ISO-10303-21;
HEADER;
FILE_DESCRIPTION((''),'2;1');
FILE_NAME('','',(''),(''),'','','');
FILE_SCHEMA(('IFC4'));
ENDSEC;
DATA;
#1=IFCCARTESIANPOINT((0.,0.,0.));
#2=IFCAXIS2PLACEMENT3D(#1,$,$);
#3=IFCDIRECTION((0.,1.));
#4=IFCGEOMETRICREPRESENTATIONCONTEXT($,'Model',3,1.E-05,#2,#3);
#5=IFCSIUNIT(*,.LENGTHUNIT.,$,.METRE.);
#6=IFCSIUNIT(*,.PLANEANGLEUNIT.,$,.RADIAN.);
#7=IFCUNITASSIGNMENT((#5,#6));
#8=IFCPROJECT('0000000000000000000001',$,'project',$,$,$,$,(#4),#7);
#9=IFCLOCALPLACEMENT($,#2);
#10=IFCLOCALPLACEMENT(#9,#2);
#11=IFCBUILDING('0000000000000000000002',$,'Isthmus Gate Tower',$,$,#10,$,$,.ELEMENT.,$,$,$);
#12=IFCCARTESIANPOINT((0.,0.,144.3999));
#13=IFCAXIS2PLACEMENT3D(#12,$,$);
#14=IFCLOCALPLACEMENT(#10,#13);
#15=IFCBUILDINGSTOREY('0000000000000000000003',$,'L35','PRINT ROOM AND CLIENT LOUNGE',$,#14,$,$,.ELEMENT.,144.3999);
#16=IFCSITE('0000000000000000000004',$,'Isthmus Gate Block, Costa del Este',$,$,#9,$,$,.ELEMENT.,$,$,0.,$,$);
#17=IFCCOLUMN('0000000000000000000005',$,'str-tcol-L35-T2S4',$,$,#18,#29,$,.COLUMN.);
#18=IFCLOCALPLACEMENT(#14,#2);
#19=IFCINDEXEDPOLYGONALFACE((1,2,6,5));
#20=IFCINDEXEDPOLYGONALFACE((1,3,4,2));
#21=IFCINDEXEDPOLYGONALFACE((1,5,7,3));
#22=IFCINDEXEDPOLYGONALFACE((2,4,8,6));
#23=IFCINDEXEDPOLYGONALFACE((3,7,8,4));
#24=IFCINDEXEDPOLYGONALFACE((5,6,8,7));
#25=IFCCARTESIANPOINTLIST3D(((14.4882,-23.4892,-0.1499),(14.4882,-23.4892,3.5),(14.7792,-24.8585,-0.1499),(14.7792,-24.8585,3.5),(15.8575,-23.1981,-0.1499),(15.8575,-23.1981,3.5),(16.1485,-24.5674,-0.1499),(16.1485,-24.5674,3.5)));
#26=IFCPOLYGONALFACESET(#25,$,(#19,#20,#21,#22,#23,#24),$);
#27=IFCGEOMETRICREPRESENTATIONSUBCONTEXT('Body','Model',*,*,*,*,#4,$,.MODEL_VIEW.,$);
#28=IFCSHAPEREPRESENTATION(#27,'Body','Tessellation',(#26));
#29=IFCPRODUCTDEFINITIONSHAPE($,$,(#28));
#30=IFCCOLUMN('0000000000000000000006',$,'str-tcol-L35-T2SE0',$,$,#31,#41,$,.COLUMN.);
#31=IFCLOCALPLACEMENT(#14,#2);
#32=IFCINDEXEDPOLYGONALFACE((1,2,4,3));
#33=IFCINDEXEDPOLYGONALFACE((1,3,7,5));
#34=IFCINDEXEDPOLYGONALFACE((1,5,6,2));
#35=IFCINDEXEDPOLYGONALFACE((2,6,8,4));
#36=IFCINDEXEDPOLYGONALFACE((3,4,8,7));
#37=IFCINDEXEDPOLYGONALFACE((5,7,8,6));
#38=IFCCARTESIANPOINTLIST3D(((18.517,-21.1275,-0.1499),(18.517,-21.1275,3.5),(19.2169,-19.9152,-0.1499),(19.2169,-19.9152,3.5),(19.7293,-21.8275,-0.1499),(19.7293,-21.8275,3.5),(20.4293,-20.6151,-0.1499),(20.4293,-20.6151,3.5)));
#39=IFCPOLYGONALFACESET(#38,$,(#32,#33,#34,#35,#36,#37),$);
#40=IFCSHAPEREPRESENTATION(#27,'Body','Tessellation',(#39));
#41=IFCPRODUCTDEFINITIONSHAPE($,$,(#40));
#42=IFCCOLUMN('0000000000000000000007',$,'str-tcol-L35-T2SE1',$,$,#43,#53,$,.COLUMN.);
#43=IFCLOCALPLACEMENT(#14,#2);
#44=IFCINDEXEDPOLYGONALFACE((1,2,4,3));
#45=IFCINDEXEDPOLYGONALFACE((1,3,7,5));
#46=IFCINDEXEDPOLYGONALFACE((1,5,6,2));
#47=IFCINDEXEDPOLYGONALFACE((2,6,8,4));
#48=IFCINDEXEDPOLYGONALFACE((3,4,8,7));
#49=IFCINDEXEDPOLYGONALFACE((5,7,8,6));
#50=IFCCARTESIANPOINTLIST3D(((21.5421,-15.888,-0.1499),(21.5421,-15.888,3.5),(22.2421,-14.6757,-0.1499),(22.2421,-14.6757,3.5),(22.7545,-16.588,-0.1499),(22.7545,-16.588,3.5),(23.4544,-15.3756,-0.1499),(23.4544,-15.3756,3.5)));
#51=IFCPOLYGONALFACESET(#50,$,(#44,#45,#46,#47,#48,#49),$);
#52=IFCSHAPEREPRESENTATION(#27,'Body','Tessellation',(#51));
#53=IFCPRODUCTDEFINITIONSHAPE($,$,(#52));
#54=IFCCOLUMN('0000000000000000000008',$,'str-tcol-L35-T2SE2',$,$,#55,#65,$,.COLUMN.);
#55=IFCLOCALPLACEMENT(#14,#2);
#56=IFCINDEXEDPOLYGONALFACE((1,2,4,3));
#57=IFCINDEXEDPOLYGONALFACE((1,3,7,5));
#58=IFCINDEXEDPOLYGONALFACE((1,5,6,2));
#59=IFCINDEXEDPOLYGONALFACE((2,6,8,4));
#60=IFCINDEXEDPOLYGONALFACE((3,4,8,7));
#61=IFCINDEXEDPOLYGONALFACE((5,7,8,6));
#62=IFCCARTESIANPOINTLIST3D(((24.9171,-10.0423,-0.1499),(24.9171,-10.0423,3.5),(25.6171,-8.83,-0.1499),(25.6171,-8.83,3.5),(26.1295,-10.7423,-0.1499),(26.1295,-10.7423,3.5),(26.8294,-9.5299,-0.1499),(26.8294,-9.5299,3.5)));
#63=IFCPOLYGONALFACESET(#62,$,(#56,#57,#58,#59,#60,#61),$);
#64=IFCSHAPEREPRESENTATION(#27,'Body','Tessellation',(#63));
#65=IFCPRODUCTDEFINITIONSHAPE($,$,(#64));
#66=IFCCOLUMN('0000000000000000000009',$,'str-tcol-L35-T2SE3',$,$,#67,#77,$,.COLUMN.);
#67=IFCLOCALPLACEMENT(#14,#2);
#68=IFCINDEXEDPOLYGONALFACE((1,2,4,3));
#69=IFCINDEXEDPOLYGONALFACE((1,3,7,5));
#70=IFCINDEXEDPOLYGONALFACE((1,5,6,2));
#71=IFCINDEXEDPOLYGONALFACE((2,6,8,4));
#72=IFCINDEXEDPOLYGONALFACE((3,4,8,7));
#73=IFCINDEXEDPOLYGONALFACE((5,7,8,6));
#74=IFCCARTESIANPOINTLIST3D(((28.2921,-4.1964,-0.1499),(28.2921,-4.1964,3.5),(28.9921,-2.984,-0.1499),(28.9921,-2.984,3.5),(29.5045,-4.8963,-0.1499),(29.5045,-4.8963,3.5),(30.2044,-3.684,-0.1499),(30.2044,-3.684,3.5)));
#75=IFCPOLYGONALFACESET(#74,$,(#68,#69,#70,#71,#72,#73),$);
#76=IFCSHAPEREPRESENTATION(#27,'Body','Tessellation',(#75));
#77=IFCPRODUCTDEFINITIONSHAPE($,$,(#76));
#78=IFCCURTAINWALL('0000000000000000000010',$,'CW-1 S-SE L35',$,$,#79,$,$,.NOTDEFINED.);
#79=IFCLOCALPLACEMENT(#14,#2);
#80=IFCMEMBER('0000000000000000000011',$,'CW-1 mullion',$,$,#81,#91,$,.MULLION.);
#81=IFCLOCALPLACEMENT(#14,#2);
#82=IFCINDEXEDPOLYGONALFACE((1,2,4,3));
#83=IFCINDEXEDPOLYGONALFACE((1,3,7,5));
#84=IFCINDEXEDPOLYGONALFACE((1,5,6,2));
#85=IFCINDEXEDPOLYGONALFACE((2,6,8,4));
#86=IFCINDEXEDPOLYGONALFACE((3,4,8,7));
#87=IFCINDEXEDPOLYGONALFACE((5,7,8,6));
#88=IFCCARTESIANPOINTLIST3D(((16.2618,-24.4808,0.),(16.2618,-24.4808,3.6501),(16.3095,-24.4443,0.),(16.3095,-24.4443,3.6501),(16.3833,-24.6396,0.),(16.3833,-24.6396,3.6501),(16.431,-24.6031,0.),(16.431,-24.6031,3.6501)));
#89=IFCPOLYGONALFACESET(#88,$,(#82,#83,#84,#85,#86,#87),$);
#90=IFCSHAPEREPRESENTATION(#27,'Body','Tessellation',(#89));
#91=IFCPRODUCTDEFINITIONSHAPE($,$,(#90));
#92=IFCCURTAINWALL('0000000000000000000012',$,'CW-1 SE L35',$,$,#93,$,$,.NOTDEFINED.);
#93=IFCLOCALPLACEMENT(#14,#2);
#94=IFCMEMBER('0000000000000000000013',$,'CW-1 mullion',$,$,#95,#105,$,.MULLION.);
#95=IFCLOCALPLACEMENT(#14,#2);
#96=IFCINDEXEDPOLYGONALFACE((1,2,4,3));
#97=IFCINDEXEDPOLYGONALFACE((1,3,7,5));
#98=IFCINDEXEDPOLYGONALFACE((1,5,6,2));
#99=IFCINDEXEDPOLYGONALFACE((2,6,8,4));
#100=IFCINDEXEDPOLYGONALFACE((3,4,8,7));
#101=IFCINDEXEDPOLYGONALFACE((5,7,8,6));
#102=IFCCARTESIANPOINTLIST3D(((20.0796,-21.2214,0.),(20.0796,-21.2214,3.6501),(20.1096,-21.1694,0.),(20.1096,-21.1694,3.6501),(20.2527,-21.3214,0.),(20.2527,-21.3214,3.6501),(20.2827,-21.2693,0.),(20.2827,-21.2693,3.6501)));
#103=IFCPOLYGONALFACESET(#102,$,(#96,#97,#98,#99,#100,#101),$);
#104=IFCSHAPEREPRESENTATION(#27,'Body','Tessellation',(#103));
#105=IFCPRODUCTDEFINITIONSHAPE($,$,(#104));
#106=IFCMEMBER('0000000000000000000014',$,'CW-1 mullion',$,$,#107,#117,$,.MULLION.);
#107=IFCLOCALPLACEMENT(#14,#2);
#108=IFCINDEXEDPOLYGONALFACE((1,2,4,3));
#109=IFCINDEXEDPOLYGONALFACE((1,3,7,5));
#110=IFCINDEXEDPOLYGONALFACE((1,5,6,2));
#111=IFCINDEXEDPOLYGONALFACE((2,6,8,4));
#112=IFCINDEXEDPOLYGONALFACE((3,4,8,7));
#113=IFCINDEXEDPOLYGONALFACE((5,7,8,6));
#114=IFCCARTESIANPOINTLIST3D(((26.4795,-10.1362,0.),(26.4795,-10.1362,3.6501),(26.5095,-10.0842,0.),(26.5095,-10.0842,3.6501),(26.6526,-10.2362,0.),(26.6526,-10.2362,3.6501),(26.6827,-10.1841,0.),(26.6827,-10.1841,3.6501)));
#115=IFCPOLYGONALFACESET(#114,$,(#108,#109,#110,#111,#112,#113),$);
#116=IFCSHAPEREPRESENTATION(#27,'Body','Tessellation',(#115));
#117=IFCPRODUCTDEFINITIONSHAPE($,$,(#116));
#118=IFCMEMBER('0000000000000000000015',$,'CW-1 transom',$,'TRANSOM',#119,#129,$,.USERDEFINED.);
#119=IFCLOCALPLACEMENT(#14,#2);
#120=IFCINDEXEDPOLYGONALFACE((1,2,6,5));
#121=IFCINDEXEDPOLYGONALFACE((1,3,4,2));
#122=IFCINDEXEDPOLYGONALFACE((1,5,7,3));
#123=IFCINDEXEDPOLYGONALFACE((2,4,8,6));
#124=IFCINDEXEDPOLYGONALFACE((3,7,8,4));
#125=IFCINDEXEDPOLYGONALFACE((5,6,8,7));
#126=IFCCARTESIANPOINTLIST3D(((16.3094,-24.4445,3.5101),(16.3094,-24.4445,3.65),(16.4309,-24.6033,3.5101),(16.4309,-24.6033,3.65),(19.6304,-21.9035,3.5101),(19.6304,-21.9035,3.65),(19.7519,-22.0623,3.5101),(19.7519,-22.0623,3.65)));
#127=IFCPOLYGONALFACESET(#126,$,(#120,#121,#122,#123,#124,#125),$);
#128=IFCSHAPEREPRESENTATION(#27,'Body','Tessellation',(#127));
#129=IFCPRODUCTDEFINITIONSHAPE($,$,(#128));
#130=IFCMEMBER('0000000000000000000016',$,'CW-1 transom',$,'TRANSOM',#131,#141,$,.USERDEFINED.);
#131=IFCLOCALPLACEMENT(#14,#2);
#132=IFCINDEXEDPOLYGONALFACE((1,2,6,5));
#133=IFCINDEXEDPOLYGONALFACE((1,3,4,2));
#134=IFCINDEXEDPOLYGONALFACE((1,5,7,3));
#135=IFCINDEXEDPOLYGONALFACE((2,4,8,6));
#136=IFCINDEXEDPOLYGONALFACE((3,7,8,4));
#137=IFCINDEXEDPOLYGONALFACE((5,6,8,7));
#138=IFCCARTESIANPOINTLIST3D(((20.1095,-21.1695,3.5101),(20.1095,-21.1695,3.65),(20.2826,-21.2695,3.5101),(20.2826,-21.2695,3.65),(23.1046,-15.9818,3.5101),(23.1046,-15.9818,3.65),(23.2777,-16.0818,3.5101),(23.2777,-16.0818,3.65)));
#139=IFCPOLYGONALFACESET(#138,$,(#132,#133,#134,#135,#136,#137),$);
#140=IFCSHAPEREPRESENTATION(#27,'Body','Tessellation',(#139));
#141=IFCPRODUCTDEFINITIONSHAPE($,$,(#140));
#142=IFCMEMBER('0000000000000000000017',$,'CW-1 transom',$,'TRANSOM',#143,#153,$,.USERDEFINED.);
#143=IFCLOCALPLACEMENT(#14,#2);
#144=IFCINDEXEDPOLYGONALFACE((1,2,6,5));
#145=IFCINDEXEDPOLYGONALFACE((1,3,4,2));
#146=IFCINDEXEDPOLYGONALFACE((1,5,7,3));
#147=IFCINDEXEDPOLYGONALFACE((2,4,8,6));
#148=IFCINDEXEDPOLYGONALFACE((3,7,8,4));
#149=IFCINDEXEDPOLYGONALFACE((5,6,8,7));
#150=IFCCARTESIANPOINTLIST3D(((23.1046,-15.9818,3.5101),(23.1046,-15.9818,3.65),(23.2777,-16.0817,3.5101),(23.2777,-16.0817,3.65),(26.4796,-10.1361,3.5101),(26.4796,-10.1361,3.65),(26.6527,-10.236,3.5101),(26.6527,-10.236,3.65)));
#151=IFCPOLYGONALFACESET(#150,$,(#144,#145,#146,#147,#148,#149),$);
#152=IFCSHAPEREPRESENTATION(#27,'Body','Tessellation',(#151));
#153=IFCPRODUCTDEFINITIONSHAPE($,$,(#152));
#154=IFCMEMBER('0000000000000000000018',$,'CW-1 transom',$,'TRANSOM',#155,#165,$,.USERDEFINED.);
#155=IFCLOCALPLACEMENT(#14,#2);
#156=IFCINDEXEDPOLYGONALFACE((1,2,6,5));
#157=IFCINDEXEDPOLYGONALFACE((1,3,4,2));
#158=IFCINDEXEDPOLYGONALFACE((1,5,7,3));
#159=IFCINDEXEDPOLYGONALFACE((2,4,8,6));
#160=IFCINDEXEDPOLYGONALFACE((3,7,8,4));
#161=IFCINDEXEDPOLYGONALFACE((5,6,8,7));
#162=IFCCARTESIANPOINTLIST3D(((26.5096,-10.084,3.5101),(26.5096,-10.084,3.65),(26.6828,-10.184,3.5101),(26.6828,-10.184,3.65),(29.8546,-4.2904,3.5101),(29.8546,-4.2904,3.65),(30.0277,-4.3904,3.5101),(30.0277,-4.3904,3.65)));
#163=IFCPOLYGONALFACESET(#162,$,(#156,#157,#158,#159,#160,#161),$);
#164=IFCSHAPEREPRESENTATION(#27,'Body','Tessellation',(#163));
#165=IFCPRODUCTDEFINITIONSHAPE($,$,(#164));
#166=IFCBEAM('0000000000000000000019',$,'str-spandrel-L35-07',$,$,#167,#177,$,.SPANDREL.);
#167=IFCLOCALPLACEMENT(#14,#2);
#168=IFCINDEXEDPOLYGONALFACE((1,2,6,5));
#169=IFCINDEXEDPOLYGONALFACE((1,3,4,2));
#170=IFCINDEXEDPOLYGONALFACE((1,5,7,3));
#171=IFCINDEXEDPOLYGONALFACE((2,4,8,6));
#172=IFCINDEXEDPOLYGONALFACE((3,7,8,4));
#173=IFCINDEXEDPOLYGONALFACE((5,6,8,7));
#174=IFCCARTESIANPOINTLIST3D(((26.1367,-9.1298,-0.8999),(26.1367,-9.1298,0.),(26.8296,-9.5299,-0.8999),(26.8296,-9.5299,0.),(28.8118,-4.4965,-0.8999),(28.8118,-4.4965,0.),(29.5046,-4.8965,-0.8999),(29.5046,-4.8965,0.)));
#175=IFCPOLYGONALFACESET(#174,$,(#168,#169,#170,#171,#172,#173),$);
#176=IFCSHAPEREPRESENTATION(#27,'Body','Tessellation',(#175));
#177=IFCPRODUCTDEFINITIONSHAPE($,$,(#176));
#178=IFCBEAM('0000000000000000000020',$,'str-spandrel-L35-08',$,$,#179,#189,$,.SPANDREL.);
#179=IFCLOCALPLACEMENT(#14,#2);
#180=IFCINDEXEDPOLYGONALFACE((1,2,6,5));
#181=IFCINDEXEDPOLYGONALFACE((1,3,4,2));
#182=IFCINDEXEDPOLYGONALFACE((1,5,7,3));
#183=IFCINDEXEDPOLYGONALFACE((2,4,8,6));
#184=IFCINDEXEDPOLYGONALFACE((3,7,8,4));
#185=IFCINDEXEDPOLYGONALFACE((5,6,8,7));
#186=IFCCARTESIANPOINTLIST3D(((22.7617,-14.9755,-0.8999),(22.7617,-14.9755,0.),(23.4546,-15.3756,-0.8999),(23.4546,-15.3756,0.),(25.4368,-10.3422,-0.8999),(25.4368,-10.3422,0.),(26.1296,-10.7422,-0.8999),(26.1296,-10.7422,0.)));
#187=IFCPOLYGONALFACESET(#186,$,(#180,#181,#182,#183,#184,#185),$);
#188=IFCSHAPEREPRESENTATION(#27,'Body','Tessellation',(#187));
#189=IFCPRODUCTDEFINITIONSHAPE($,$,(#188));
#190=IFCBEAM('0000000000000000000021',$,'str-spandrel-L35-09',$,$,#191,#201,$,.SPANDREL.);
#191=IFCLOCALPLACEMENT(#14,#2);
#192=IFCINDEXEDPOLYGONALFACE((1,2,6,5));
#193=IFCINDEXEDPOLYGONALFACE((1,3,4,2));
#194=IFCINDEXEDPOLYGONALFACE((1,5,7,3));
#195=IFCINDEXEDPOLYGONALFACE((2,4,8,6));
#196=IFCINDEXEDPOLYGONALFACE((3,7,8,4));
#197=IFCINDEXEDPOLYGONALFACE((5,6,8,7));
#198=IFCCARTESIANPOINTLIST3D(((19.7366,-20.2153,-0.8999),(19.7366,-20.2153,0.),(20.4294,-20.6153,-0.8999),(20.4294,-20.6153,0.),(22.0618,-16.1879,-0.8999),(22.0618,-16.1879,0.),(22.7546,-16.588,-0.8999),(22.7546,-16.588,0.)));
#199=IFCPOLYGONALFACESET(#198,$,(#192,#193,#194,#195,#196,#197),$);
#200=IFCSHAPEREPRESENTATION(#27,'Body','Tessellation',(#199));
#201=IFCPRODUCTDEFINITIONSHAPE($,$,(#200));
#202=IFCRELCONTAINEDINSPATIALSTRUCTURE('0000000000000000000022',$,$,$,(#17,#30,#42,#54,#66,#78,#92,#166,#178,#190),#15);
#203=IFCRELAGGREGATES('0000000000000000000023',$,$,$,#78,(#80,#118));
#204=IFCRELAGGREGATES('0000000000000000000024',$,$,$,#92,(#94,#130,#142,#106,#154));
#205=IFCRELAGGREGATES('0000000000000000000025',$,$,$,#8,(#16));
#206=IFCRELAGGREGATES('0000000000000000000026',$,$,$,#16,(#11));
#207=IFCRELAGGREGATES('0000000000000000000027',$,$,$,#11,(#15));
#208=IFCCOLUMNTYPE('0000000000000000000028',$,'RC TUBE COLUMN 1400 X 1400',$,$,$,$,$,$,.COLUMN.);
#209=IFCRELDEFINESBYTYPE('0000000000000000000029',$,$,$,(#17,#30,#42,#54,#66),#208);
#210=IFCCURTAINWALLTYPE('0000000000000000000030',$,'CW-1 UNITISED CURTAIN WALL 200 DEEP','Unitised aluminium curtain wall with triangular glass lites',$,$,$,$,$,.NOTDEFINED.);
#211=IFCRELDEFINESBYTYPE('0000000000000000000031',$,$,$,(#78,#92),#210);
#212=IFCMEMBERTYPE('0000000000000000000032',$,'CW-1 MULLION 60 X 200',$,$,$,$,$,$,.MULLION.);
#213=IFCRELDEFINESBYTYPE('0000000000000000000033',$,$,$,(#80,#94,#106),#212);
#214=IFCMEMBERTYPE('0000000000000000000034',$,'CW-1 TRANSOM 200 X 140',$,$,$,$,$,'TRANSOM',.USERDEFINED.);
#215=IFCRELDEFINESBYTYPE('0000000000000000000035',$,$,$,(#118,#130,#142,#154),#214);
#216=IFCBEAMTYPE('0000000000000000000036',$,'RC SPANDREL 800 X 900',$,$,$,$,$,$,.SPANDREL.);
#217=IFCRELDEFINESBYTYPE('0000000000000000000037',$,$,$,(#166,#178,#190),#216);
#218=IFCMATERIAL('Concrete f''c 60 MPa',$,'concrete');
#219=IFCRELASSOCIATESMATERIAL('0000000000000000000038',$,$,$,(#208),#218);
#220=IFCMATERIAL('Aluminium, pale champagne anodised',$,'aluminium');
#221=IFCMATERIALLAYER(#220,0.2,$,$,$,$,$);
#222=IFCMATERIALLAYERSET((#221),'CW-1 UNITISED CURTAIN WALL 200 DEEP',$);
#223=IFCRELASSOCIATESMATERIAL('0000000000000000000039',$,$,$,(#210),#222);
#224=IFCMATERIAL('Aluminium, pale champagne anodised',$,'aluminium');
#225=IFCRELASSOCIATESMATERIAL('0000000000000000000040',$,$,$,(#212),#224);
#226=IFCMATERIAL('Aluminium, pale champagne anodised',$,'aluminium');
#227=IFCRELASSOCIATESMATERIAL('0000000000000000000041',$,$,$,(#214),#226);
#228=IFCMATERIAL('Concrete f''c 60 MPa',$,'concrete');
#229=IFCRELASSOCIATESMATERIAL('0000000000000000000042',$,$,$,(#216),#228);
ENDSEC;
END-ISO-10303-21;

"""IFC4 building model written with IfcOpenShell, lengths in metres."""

from ifc_helpers import new_model, si_unit, direction, frame, origin, origin_2d, place, context, subcontext, project, spatial, rectangle, extrude, material, layer, layer_set, material_profile, profile_set, type_object, element, aggregate, save


model = new_model("IFC4")

# Units and contexts
model_context = context("Model", 3, precision=1e-05, world=origin(), true_north=direction((0.0, 1.0)))
body_context = subcontext(model_context, "Body", "Model", "MODEL_VIEW")
ifc_project = project(units=[si_unit("LENGTHUNIT", "METRE"), si_unit("PLANEANGLEUNIT", "RADIAN")], contexts=[model_context])

# Site, building, storey
site_placement = place(None, origin())
site = spatial("IfcSite", under=ifc_project, at=site_placement, Name="Isthmus Gate Block, Costa del Este", CompositionType="ELEMENT", RefElevation=0.0)
building_placement = place(site_placement, origin())
building = spatial("IfcBuilding", under=site, at=building_placement, Name="Isthmus Gate Tower", CompositionType="ELEMENT")
storey_placement = place(building_placement, frame((0.0, 0.0, 144.3999)))
storey = spatial("IfcBuildingStorey", under=building, at=storey_placement, Name="L35", Description="PRINT ROOM AND CLIENT LOUNGE", CompositionType="ELEMENT", Elevation=144.3999)

# Columns
ifc_material_1 = material(Name="Concrete f'c 60 MPa", Category="concrete")
ifc_material_profile_1 = material_profile(ifc_material_1, rectangle(XDim=1.3999, YDim=1.3999, at=origin_2d()), Name="RC 1400X1400")
ifc_profile_set_1 = profile_set([ifc_material_profile_1], Name="Concrete f'c 60 MPa")
column_type = type_object("IfcColumnType", Name="RC TUBE COLUMN 1400 X 1400", PredefinedType="COLUMN", material=ifc_profile_set_1)
for number, where, z_axis, x_axis, name in (
    (1, (15.3184, -24.0283, -0.1499), (0.0, 0.0, 1.0), (0.978148, 0.207912, 0.0), "str-tcol-L35-T2S4"),
    (2, (19.4731, -20.8713, -0.1499), (0.0, 0.0, 1.0), (0.5, 0.866025, 0.0), "str-tcol-L35-T2SE0"),
    (3, (22.4983, -15.6318, -0.1499), (0.0, 0.0, 1.0), (0.5, 0.866025, 0.0), "str-tcol-L35-T2SE1"),
    (4, (25.8733, -9.7861, -0.1499), (0.0, 0.0, 1.0), (0.5, 0.866025, 0.0), "str-tcol-L35-T2SE2"),
    (5, (29.2483, -3.9402, -0.1499), (0.0, 0.0, 1.0), (0.5, 0.866025, 0.0), "str-tcol-L35-T2SE3"),
):
    element("IfcColumn", number, at=place(storey_placement, frame(where, z_axis=z_axis, x_axis=x_axis)), inside=storey, type_object=column_type, Name=name, PredefinedType="COLUMN", context=body_context, shape_type="SweptSolid", body=[
        extrude(rectangle(XDim=1.3999, YDim=1.3999, at=origin_2d()), origin(), (0.0, 0.0, 1.0), 3.6499),
    ])

# Curtain wall, member
ifc_material_2 = material(Name="Aluminium, pale champagne anodised", Category="aluminium")
ifc_layer_1 = layer(ifc_material_2, 0.2)
ifc_layer_set_1 = layer_set([ifc_layer_1], Name="CW-1 UNITISED CURTAIN WALL 200 DEEP")
curtain_wall_type = type_object("IfcCurtainWallType", Name="CW-1 UNITISED CURTAIN WALL 200 DEEP", Description="Unitised aluminium curtain wall with triangular glass lites", PredefinedType="NOTDEFINED", material=ifc_layer_set_1)
curtain_wall_1_placement = place(storey_placement, origin())
curtain_wall_1 = element("IfcCurtainWall", 6, at=curtain_wall_1_placement, inside=storey, type_object=curtain_wall_type, Name="CW-1 S-SE L35", PredefinedType="NOTDEFINED")
ifc_material_3 = material(Name="Aluminium, pale champagne anodised", Category="aluminium")
ifc_material_profile_2 = material_profile(ifc_material_3, rectangle(XDim=0.0601, YDim=0.2, at=origin_2d()), Name="60x200")
ifc_profile_set_2 = profile_set([ifc_material_profile_2], Name="Aluminium, pale champagne anodised")
member_type_1 = type_object("IfcMemberType", Name="CW-1 MULLION 60 X 200", PredefinedType="MULLION", material=ifc_profile_set_2)
member_1_placement = place(storey_placement, frame((16.3464, -24.542, 0.0), z_axis=(0.0, 0.0, 1.0), x_axis=(0.794189, 0.607671, 0.0)))
member_1 = element("IfcMember", 7, at=member_1_placement, type_object=member_type_1, Name="CW-1 mullion", PredefinedType="MULLION", context=body_context, shape_type="SweptSolid", body=[
    extrude(rectangle(XDim=0.0601, YDim=0.2, at=origin_2d()), origin(), (0.0, 0.0, 1.0), 3.6501),
])

# Curtain wall, members
curtain_wall_2_placement = place(storey_placement, origin())
curtain_wall_2 = element("IfcCurtainWall", 8, at=curtain_wall_2_placement, inside=storey, type_object=curtain_wall_type, Name="CW-1 SE L35", PredefinedType="NOTDEFINED")
member_2_placement = place(storey_placement, frame((20.1812, -21.2454, 0.0), z_axis=(0.0, 0.0, 1.0), x_axis=(0.5, 0.866025, 0.0)))
member_2 = element("IfcMember", 9, at=member_2_placement, type_object=member_type_1, Name="CW-1 mullion", PredefinedType="MULLION", context=body_context, shape_type="SweptSolid", body=[
    extrude(rectangle(XDim=0.0601, YDim=0.2, at=origin_2d()), origin(), (0.0, 0.0, 1.0), 3.6501),
])
member_3_placement = place(storey_placement, frame((26.5811, -10.1602, 0.0), z_axis=(0.0, 0.0, 1.0), x_axis=(0.5, 0.866025, 0.0)))
member_3 = element("IfcMember", 10, at=member_3_placement, type_object=member_type_1, Name="CW-1 mullion", PredefinedType="MULLION", context=body_context, shape_type="SweptSolid", body=[
    extrude(rectangle(XDim=0.0601, YDim=0.2, at=origin_2d()), origin(), (0.0, 0.0, 1.0), 3.6501),
])

# Members
ifc_material_4 = material(Name="Aluminium, pale champagne anodised", Category="aluminium")
ifc_material_profile_3 = material_profile(ifc_material_4, rectangle(XDim=0.2, YDim=0.1399, at=origin_2d()), Name="200x140")
ifc_profile_set_3 = profile_set([ifc_material_profile_3], Name="Aluminium, pale champagne anodised")
member_type_2 = type_object("IfcMemberType", Name="CW-1 TRANSOM 200 X 140", ElementType="TRANSOM", PredefinedType="USERDEFINED", material=ifc_profile_set_3)
member_4_placement = place(storey_placement, frame((16.3701, -24.5239, 3.5801), z_axis=(0.794197, 0.60766, 0.0), x_axis=(-0.60766, 0.794197, 0.0)))
member_4 = element("IfcMember", 11, at=member_4_placement, type_object=member_type_2, Name="CW-1 transom", ObjectType="TRANSOM", PredefinedType="USERDEFINED", context=body_context, shape_type="SweptSolid", body=[
    extrude(rectangle(XDim=0.2, YDim=0.1399, at=origin_2d()), origin(), (0.0, 0.0, 1.0), 4.1816),
])
member_5_placement = place(storey_placement, frame((20.196, -21.2195, 3.5801), z_axis=(0.499996, 0.866027, 0.0), x_axis=(-0.866027, 0.499996, 0.0)))
member_5 = element("IfcMember", 12, at=member_5_placement, type_object=member_type_2, Name="CW-1 transom", ObjectType="TRANSOM", PredefinedType="USERDEFINED", context=body_context, shape_type="SweptSolid", body=[
    extrude(rectangle(XDim=0.2, YDim=0.1399, at=origin_2d()), origin(), (0.0, 0.0, 1.0), 5.9902),
])
member_6_placement = place(storey_placement, frame((23.1912, -16.0317, 3.5801), z_axis=(0.499998, 0.866027, 0.0), x_axis=(-0.866027, 0.499998, 0.0)))
member_6 = element("IfcMember", 13, at=member_6_placement, type_object=member_type_2, Name="CW-1 transom", ObjectType="TRANSOM", PredefinedType="USERDEFINED", context=body_context, shape_type="SweptSolid", body=[
    extrude(rectangle(XDim=0.2, YDim=0.1399, at=origin_2d()), origin(), (0.0, 0.0, 1.0), 6.75),
])
member_7_placement = place(storey_placement, frame((26.5962, -10.134, 3.5801), z_axis=(0.499997, 0.866027, 0.0), x_axis=(-0.866027, 0.499997, 0.0)))
member_7 = element("IfcMember", 14, at=member_7_placement, type_object=member_type_2, Name="CW-1 transom", ObjectType="TRANSOM", PredefinedType="USERDEFINED", context=body_context, shape_type="SweptSolid", body=[
    extrude(rectangle(XDim=0.2, YDim=0.1399, at=origin_2d()), origin(), (0.0, 0.0, 1.0), 6.6899),
])

# Beams
ifc_material_5 = material(Name="Concrete f'c 60 MPa", Category="concrete")
ifc_material_profile_4 = material_profile(ifc_material_5, rectangle(XDim=0.8, YDim=0.8999, at=origin_2d()), Name="RC 800X900")
ifc_profile_set_4 = profile_set([ifc_material_profile_4], Name="Concrete f'c 60 MPa")
beam_type_1 = type_object("IfcBeamType", Name="RC SPANDREL 800 X 900", PredefinedType="SPANDREL", material=ifc_profile_set_4)
for number, where, z_axis, x_axis, name in (
    (15, (29.1582, -4.6965, -0.45), (-0.500002, -0.866024, 0.0), (0.866024, -0.500002, 0.0), "str-spandrel-L35-07"),
    (16, (25.7832, -10.5422, -0.45), (-0.500002, -0.866024, 0.0), (0.866024, -0.500002, 0.0), "str-spandrel-L35-08"),
):
    element("IfcBeam", number, at=place(storey_placement, frame(where, z_axis=z_axis, x_axis=x_axis)), inside=storey, type_object=beam_type_1, Name=name, PredefinedType="SPANDREL", context=body_context, shape_type="SweptSolid", body=[
        extrude(rectangle(XDim=0.8, YDim=0.8999, at=origin_2d()), origin(), (0.0, 0.0, 1.0), 5.3501),
    ])
beam_1_placement = place(storey_placement, frame((22.4082, -16.3879, -0.45), z_axis=(-0.500001, -0.866025, 0.0), x_axis=(0.866025, -0.500001, 0.0)))
element("IfcBeam", 17, at=beam_1_placement, inside=storey, type_object=beam_type_1, Name="str-spandrel-L35-09", PredefinedType="SPANDREL", context=body_context, shape_type="SweptSolid", body=[
    extrude(rectangle(XDim=0.8, YDim=0.8999, at=origin_2d()), origin(), (0.0, 0.0, 1.0), 4.6504),
])

aggregate(curtain_wall_1, [member_1, member_4])
aggregate(curtain_wall_2, [member_2, member_5, member_6, member_3, member_7])

save(model, "model.ifc")
